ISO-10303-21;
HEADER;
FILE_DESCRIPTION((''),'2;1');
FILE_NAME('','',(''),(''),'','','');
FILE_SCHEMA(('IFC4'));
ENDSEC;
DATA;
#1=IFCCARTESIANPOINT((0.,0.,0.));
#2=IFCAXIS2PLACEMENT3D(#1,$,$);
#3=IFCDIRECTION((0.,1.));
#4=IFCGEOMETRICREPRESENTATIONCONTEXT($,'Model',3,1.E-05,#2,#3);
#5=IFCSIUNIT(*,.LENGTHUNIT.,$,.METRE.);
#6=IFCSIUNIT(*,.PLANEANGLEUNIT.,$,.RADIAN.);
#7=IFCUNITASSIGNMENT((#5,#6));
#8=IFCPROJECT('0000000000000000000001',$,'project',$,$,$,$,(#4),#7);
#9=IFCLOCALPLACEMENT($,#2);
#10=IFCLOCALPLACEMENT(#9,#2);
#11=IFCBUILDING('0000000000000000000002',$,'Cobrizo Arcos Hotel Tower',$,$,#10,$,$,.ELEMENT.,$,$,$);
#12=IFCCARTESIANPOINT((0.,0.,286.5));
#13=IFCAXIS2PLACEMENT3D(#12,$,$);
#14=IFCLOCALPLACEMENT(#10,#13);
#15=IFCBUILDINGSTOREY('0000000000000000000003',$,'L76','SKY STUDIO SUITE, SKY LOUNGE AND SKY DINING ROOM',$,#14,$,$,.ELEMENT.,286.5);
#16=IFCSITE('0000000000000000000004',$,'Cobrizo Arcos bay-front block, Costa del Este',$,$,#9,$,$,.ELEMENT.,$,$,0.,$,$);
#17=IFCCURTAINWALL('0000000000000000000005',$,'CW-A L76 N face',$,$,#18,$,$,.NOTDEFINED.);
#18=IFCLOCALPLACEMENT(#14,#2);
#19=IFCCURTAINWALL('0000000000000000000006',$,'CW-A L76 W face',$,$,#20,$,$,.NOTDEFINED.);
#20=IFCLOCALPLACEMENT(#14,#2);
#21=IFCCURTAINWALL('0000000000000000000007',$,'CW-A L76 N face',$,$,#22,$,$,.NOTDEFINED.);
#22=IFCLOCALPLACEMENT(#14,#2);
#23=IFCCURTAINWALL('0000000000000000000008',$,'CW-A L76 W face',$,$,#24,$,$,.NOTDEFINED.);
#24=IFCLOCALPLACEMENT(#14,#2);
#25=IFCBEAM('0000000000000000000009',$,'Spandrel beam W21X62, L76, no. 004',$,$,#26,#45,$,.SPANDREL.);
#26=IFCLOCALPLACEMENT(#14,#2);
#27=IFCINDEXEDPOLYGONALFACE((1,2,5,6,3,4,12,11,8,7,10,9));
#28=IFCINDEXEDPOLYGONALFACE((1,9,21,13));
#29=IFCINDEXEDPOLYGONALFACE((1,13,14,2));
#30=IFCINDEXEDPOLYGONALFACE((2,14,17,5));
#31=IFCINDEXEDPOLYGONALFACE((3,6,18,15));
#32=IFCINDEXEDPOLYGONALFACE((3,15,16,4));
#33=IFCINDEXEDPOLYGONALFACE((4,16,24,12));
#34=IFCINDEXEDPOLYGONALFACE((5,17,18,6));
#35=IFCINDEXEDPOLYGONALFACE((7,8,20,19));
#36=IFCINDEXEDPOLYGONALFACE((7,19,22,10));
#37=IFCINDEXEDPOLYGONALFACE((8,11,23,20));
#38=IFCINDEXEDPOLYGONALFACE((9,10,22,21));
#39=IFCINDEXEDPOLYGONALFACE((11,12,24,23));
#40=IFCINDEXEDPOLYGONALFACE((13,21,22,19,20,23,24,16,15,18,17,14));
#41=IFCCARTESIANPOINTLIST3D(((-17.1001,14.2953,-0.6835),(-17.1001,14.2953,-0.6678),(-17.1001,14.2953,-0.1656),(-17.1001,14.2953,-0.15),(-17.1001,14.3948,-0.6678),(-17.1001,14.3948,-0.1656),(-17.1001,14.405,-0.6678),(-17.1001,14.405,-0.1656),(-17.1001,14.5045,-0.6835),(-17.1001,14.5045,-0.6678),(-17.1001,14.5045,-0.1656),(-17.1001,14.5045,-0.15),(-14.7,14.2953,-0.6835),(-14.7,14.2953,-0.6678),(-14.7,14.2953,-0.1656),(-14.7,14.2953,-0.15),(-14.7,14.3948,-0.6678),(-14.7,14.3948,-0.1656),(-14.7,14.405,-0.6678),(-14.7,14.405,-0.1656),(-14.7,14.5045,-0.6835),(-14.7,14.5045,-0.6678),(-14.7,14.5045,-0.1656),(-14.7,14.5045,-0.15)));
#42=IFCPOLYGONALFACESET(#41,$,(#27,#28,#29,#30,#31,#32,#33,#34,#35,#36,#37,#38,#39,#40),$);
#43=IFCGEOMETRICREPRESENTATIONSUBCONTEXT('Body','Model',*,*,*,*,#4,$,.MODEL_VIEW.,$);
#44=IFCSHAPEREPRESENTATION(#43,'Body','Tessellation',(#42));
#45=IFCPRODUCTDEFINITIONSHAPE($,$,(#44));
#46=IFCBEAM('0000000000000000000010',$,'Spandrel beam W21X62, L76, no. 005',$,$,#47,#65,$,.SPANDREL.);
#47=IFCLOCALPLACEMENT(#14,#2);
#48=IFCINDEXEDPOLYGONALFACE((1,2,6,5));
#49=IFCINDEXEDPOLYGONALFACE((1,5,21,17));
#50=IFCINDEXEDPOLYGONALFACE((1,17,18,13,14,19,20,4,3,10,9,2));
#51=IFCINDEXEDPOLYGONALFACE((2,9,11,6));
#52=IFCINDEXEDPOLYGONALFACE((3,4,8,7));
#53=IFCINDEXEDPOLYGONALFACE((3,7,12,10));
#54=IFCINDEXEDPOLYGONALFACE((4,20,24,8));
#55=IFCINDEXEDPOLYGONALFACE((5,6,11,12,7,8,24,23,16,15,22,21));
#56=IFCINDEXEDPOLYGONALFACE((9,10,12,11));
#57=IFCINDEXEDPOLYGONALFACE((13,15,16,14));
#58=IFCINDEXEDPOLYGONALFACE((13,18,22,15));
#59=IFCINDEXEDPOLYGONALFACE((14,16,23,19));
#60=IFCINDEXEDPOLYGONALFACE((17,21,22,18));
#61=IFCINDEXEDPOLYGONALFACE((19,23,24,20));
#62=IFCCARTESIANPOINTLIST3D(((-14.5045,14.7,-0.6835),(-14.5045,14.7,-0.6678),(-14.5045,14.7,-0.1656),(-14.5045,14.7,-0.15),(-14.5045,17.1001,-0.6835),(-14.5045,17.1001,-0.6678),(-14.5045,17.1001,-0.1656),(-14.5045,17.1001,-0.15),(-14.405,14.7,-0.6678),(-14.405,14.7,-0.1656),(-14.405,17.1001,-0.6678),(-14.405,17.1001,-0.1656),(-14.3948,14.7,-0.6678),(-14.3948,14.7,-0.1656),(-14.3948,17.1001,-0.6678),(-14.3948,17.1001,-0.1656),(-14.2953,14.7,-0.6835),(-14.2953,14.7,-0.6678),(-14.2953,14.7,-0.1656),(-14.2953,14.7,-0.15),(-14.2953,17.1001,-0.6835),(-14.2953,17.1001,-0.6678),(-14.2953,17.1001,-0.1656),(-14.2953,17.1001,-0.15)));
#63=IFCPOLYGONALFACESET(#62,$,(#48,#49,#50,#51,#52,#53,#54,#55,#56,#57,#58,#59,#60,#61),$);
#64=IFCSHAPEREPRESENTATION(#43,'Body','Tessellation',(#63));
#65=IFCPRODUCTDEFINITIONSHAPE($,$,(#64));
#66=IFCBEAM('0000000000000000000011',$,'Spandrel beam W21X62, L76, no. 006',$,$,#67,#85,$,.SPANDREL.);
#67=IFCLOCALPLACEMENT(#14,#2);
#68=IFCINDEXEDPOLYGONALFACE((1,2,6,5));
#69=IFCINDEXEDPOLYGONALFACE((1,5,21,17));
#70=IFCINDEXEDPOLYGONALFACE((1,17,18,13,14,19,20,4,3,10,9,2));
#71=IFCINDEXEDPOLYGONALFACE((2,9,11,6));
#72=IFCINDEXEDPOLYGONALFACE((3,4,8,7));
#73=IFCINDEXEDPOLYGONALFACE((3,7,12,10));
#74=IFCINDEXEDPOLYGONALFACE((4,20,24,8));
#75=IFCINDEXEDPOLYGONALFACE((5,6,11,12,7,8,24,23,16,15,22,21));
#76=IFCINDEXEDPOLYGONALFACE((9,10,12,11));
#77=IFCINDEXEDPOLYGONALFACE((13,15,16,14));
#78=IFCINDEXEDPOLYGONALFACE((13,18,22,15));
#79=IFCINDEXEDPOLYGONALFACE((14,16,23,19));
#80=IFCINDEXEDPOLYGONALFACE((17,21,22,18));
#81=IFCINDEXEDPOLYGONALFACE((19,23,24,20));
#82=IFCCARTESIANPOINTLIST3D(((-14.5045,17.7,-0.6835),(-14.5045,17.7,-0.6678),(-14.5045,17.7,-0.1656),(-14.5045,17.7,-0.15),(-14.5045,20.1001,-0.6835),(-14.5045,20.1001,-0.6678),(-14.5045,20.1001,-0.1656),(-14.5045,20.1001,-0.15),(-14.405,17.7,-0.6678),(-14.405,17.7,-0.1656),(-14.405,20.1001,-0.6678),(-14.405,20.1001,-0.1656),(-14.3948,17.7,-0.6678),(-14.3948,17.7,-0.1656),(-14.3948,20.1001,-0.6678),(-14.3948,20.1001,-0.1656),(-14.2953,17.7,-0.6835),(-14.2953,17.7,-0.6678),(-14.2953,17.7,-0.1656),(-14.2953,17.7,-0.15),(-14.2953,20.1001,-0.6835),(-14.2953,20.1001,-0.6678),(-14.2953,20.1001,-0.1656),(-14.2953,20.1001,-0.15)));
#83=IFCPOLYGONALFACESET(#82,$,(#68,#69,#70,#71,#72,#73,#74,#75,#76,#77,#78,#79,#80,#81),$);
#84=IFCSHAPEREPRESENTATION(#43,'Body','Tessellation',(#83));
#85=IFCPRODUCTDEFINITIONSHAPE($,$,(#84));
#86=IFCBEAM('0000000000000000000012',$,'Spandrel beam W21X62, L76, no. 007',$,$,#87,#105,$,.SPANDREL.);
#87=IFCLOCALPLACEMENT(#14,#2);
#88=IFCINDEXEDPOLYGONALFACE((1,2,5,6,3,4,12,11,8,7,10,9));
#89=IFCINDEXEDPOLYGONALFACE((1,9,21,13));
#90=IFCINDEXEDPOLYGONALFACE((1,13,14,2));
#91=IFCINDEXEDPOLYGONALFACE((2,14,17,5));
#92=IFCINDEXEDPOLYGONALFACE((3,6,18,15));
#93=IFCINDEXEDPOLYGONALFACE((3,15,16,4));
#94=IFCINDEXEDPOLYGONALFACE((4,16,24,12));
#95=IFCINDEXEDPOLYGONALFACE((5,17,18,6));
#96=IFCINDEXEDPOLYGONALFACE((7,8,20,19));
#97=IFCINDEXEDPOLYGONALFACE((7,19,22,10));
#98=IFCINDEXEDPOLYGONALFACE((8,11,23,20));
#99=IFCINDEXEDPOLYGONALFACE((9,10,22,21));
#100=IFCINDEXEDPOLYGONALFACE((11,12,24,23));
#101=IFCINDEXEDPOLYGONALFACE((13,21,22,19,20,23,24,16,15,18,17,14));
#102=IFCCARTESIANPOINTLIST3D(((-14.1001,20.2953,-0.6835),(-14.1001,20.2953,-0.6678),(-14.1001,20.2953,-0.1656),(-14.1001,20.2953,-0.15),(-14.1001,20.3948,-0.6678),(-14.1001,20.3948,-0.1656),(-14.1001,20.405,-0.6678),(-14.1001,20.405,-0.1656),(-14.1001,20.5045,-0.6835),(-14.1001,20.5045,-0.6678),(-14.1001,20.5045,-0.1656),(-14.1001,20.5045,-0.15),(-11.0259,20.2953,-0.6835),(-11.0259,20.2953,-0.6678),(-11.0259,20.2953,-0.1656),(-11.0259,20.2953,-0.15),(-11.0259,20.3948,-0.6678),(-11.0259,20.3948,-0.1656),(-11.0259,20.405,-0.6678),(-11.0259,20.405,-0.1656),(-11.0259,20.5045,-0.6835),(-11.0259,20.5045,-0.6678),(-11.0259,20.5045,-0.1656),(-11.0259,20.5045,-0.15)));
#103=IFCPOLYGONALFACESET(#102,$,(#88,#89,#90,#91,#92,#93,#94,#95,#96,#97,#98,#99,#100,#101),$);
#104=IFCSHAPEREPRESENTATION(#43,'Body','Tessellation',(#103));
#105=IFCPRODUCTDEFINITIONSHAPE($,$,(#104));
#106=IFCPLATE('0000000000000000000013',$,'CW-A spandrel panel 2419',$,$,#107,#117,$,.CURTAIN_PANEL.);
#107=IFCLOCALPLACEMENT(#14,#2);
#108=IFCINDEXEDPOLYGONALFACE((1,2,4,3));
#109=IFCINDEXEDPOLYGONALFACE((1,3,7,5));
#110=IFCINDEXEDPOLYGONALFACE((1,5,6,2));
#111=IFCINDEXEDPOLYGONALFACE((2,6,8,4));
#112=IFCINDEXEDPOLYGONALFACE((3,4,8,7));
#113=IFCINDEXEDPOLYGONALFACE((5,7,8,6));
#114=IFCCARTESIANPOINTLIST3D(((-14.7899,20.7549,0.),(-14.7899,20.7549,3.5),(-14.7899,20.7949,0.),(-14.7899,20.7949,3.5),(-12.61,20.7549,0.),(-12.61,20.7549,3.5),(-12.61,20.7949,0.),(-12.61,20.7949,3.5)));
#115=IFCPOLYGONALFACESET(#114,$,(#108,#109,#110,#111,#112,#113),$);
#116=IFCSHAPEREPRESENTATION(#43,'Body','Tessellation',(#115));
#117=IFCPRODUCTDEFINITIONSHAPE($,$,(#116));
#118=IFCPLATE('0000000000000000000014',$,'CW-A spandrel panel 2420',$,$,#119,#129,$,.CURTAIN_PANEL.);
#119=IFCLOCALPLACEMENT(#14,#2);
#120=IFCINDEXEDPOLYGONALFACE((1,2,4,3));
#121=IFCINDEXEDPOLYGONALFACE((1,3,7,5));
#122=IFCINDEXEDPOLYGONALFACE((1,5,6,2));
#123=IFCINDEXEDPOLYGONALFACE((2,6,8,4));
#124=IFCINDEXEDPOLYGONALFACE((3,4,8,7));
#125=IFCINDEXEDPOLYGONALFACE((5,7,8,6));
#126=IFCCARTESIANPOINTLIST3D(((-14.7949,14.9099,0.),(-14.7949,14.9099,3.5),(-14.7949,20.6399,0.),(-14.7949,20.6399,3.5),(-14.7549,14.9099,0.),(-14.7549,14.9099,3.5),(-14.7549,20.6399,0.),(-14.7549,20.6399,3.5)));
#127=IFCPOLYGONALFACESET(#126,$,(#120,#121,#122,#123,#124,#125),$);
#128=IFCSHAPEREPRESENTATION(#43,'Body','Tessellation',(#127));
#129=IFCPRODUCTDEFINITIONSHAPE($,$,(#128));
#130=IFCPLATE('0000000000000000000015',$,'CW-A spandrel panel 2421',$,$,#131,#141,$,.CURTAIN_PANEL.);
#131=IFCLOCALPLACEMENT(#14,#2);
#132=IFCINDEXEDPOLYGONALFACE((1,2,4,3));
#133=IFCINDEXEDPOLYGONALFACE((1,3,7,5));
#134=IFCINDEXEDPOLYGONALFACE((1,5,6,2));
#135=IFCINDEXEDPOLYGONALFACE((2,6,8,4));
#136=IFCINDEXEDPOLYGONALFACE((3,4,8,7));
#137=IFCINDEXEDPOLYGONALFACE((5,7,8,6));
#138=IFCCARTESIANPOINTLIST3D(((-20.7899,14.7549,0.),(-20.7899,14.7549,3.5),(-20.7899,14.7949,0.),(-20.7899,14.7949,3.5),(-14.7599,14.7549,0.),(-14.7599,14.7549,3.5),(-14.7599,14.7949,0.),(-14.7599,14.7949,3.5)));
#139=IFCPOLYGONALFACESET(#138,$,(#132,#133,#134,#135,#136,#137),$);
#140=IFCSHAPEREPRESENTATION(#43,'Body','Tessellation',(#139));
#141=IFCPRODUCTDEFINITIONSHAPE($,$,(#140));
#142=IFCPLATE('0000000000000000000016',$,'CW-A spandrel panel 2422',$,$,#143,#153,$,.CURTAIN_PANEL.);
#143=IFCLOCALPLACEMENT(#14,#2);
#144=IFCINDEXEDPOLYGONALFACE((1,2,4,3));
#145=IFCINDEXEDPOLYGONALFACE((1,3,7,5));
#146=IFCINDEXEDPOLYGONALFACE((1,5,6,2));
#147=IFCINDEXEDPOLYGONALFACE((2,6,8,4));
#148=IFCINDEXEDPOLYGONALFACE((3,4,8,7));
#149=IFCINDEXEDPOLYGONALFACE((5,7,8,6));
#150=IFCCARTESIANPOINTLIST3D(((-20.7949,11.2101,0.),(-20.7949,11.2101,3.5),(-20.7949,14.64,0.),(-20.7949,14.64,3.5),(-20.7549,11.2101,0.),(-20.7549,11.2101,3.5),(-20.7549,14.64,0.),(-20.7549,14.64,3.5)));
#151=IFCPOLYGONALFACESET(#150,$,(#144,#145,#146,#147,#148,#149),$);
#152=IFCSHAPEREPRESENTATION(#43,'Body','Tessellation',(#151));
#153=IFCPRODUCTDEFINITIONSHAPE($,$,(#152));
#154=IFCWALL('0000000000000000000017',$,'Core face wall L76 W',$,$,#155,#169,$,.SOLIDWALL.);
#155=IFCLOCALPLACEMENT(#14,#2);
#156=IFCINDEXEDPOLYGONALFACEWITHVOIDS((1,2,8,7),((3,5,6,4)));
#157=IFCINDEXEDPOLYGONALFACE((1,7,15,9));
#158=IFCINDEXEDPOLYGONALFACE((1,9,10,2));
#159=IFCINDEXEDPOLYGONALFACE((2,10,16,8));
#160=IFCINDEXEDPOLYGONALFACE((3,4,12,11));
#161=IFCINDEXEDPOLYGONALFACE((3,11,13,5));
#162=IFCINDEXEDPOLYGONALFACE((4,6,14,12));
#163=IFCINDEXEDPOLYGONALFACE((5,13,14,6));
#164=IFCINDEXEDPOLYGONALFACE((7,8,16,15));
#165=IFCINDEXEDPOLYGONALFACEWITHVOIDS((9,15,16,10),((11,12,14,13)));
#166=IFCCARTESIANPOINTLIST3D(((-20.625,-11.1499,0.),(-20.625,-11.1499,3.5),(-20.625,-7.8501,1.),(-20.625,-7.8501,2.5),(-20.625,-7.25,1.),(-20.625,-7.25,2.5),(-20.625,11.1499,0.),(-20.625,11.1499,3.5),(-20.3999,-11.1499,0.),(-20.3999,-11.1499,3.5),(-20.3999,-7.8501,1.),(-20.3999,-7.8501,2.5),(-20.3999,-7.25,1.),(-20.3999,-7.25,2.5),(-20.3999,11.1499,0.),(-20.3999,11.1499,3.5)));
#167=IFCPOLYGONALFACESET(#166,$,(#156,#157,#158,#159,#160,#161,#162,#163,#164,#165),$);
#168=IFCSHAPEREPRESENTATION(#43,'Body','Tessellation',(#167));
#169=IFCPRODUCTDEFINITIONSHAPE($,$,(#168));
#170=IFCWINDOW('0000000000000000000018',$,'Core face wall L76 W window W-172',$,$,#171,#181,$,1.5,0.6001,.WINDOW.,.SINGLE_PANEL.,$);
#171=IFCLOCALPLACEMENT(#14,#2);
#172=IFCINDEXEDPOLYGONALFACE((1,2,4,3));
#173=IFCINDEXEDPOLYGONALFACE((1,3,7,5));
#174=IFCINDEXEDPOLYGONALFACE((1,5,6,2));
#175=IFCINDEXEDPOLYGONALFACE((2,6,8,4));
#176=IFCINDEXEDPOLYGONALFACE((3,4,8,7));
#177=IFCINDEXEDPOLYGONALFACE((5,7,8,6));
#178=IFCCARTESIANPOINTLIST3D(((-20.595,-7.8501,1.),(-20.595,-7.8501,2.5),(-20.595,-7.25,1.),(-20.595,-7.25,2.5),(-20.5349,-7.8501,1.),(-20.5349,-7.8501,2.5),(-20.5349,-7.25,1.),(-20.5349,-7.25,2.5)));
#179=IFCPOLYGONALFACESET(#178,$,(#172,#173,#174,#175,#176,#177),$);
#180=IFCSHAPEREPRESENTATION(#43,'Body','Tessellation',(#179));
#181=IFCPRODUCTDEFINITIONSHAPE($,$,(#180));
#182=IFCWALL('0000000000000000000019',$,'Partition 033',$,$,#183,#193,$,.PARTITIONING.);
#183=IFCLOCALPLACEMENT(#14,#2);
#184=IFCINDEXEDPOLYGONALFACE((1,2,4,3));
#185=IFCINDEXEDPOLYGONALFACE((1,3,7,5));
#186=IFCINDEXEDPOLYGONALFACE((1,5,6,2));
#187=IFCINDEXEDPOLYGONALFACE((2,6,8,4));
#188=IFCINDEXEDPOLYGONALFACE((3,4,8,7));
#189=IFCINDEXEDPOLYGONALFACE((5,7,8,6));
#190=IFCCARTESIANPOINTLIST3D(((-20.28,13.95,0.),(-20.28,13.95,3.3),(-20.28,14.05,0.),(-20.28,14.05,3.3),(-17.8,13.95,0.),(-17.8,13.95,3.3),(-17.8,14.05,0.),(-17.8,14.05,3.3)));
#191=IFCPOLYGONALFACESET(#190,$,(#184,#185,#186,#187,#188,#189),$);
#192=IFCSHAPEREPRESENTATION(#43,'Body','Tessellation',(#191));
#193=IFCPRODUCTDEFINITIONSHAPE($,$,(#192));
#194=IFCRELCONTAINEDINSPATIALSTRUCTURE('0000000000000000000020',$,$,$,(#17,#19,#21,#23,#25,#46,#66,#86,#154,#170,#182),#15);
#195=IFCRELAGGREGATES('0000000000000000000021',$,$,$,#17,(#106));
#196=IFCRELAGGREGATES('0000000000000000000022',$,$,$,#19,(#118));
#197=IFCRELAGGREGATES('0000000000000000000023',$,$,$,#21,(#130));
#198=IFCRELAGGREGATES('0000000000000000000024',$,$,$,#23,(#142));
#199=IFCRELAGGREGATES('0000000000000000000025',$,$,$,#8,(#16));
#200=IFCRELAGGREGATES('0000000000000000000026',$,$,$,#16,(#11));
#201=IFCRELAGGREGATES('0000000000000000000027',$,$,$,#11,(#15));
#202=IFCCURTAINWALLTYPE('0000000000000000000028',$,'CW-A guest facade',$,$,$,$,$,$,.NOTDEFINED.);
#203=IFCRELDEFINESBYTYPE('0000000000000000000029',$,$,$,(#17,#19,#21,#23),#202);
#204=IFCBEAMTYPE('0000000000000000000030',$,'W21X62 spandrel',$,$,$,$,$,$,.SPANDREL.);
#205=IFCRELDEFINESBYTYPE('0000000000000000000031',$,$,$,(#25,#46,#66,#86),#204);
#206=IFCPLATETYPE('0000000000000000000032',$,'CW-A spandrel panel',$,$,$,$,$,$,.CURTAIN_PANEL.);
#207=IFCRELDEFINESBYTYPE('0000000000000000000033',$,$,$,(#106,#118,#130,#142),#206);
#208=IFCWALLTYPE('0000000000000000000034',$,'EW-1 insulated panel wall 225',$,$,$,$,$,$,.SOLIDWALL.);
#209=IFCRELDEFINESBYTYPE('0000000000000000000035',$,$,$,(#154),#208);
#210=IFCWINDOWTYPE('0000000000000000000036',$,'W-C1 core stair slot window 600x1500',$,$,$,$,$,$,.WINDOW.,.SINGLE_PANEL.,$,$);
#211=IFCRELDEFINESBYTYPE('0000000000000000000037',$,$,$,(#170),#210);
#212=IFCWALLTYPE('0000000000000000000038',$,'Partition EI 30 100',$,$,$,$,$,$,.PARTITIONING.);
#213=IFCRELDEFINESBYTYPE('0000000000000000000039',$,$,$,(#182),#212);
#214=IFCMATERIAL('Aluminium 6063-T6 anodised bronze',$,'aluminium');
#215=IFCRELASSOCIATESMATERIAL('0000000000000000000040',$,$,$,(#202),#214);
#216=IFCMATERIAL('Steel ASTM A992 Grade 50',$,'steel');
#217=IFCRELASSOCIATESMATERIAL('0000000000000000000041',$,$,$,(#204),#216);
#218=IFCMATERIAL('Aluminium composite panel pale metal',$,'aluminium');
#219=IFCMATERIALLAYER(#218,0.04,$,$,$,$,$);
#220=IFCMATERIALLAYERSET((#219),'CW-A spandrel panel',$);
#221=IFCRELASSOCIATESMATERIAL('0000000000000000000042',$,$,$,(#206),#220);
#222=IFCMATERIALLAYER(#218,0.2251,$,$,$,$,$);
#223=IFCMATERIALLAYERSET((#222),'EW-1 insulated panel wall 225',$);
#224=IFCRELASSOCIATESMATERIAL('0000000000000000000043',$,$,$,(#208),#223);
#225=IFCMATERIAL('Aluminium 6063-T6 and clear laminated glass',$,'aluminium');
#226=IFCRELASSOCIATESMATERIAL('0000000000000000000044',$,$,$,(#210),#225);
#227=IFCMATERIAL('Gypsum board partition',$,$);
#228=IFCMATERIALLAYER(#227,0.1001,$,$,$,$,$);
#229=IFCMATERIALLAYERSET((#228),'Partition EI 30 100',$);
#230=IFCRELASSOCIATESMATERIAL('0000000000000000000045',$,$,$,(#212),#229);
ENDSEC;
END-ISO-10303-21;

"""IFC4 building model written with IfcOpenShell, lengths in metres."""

from ifc_helpers import new_model, si_unit, direction, frame, frame_2d, origin, origin_2d, place, context, subcontext, project, spatial, rectangle, i_section, extrude, material, layer, layer_set, material_profile, profile_set, type_object, element, fill, aggregate, save


model = new_model("IFC4")

# Units and contexts
model_context = context("Model", 3, precision=1e-05, world=origin(), true_north=direction((0.0, 1.0)))
body_context = subcontext(model_context, "Body", "Model", "MODEL_VIEW")
ifc_project = project(units=[si_unit("LENGTHUNIT", "METRE"), si_unit("PLANEANGLEUNIT", "RADIAN")], contexts=[model_context])

# Site, building, storey
site_placement = place(None, origin())
site = spatial("IfcSite", under=ifc_project, at=site_placement, Name="Cobrizo Arcos bay-front block, Costa del Este", CompositionType="ELEMENT", RefElevation=0.0)
building_placement = place(site_placement, origin())
building = spatial("IfcBuilding", under=site, at=building_placement, Name="Cobrizo Arcos Hotel Tower", CompositionType="ELEMENT")
storey_placement = place(building_placement, frame((0.0, 0.0, 286.5)))
storey = spatial("IfcBuildingStorey", under=building, at=storey_placement, Name="L76", Description="SKY STUDIO SUITE, SKY LOUNGE AND SKY DINING ROOM", CompositionType="ELEMENT", Elevation=286.5)

# Curtain wall
ifc_material_1 = material(Name="Aluminium 6063-T6 anodised bronze", Category="aluminium")
curtain_wall_type = type_object("IfcCurtainWallType", Name="CW-A guest facade", PredefinedType="NOTDEFINED", material=ifc_material_1)
curtain_wall_1_placement = place(storey_placement, origin())
curtain_wall_1 = element("IfcCurtainWall", 1, at=curtain_wall_1_placement, inside=storey, type_object=curtain_wall_type, Name="CW-A L76 N face", PredefinedType="NOTDEFINED")

# Curtain walls
curtain_wall_2_placement = place(storey_placement, origin())
curtain_wall_2 = element("IfcCurtainWall", 2, at=curtain_wall_2_placement, inside=storey, type_object=curtain_wall_type, Name="CW-A L76 W face", PredefinedType="NOTDEFINED")
curtain_wall_3_placement = place(storey_placement, origin())
curtain_wall_3 = element("IfcCurtainWall", 3, at=curtain_wall_3_placement, inside=storey, type_object=curtain_wall_type, Name="CW-A L76 N face", PredefinedType="NOTDEFINED")
curtain_wall_4_placement = place(storey_placement, origin())
curtain_wall_4 = element("IfcCurtainWall", 4, at=curtain_wall_4_placement, inside=storey, type_object=curtain_wall_type, Name="CW-A L76 W face", PredefinedType="NOTDEFINED")

# Beams
ifc_material_2 = material(Name="Steel ASTM A992 Grade 50", Category="steel")
ifc_material_profile_1 = material_profile(ifc_material_2, i_section(OverallWidth=0.2092, OverallDepth=0.5334, WebThickness=0.0103, FlangeThickness=0.0156, at=origin_2d()), Name="W21X62")
ifc_profile_set_1 = profile_set([ifc_material_profile_1], Name="Steel ASTM A992 Grade 50")
beam_type = type_object("IfcBeamType", Name="W21X62 spandrel", PredefinedType="SPANDREL", material=ifc_profile_set_1)
for number, where, z_axis, x_axis, name in (
    (5, (-17.1001, 14.3999, -0.4167), (1.0, 0.0, 0.0), (0.0, 1.0, 0.0), "Spandrel beam W21X62, L76, no. 004"),
    (6, (-14.3999, 14.7, -0.4167), (0.0, 1.0, 0.0), (-1.0, 0.0, 0.0), "Spandrel beam W21X62, L76, no. 005"),
    (7, (-14.3999, 17.7, -0.4167), (0.0, 1.0, 0.0), (-1.0, 0.0, 0.0), "Spandrel beam W21X62, L76, no. 006"),
):
    element("IfcBeam", number, at=place(storey_placement, frame(where, z_axis=z_axis, x_axis=x_axis)), inside=storey, type_object=beam_type, Name=name, PredefinedType="SPANDREL", context=body_context, shape_type="SweptSolid", body=[
        extrude(i_section(OverallWidth=0.2092, OverallDepth=0.5334, WebThickness=0.0103, FlangeThickness=0.0156, at=origin_2d()), origin(), (0.0, 0.0, 1.0), 2.4001),
    ])
beam_placement = place(storey_placement, frame((-14.1001, 20.3999, -0.4167), z_axis=(1.0, 0.0, 0.0), x_axis=(0.0, 1.0, 0.0)))
element("IfcBeam", 8, at=beam_placement, inside=storey, type_object=beam_type, Name="Spandrel beam W21X62, L76, no. 007", PredefinedType="SPANDREL", context=body_context, shape_type="SweptSolid", body=[
    extrude(i_section(OverallWidth=0.2092, OverallDepth=0.5334, WebThickness=0.0103, FlangeThickness=0.0156, at=origin_2d()), origin(), (0.0, 0.0, 1.0), 3.0742),
])

# Plates
ifc_material_3 = material(Name="Aluminium composite panel pale metal", Category="aluminium")
ifc_layer_1 = layer(ifc_material_3, 0.04)
ifc_layer_set_1 = layer_set([ifc_layer_1], Name="CW-A spandrel panel")
plate_type = type_object("IfcPlateType", Name="CW-A spandrel panel", PredefinedType="CURTAIN_PANEL", material=ifc_layer_set_1)
plate_1_placement = place(storey_placement, frame((-13.7, 20.7749, 0.0), z_axis=(0.0, 0.0, 1.0), x_axis=(-1.0, 0.0, 0.0)))
plate_1 = element("IfcPlate", 9, at=plate_1_placement, type_object=plate_type, Name="CW-A spandrel panel 2419", PredefinedType="CURTAIN_PANEL", context=body_context, shape_type="SweptSolid", body=[
    extrude(rectangle(XDim=2.1799, YDim=0.04, at=origin_2d()), origin(), (0.0, 0.0, 1.0), 3.5),
])
aggregate(curtain_wall_1, [plate_1])
plate_2_placement = place(storey_placement, frame((-14.7749, 17.7749, 0.0), z_axis=(0.0, 0.0, 1.0), x_axis=(0.0, -1.0, 0.0)))
plate_2 = element("IfcPlate", 10, at=plate_2_placement, type_object=plate_type, Name="CW-A spandrel panel 2420", PredefinedType="CURTAIN_PANEL", context=body_context, shape_type="SweptSolid", body=[
    extrude(rectangle(XDim=5.73, YDim=0.04, at=origin_2d()), origin(), (0.0, 0.0, 1.0), 3.5),
])
aggregate(curtain_wall_2, [plate_2])
plate_3_placement = place(storey_placement, frame((-17.7749, 14.7749, 0.0), z_axis=(0.0, 0.0, 1.0), x_axis=(-1.0, 0.0, 0.0)))
plate_3 = element("IfcPlate", 11, at=plate_3_placement, type_object=plate_type, Name="CW-A spandrel panel 2421", PredefinedType="CURTAIN_PANEL", context=body_context, shape_type="SweptSolid", body=[
    extrude(rectangle(XDim=6.03, YDim=0.04, at=origin_2d()), origin(), (0.0, 0.0, 1.0), 3.5),
])
aggregate(curtain_wall_3, [plate_3])
plate_4_placement = place(storey_placement, frame((-20.7749, 12.925, 0.0), z_axis=(0.0, 0.0, 1.0), x_axis=(0.0, -1.0, 0.0)))
plate_4 = element("IfcPlate", 12, at=plate_4_placement, type_object=plate_type, Name="CW-A spandrel panel 2422", PredefinedType="CURTAIN_PANEL", context=body_context, shape_type="SweptSolid", body=[
    extrude(rectangle(XDim=3.4299, YDim=0.04, at=origin_2d()), origin(), (0.0, 0.0, 1.0), 3.5),
])
aggregate(curtain_wall_4, [plate_4])

# Wall, opening, window
ifc_layer_2 = layer(ifc_material_3, 0.2251)
ifc_layer_set_2 = layer_set([ifc_layer_2], Name="EW-1 insulated panel wall 225")
wall_type_1 = type_object("IfcWallType", Name="EW-1 insulated panel wall 225", PredefinedType="SOLIDWALL", material=ifc_layer_set_2)
wall_1_placement = place(storey_placement, frame((-20.5125, 11.1499, 0.0), z_axis=(0.0, 0.0, 1.0), x_axis=(0.0, -1.0, 0.0)))
wall_1 = element("IfcWall", 13, at=wall_1_placement, inside=storey, type_object=wall_type_1, Name="Core face wall L76 W", PredefinedType="SOLIDWALL", context=body_context, shape_type="SweptSolid", body=[
    extrude(rectangle(XDim=22.2998, YDim=0.2251, at=frame_2d((11.1499, 0.0))), origin(), (0.0, 0.0, 1.0), 3.5),
])
opening_placement = place(wall_1_placement, frame((18.3999, 0.0, 1.0)))
opening = element("IfcOpeningElement", 14, at=opening_placement, cuts=wall_1, PredefinedType="OPENING", context=body_context, shape_type="SweptSolid", body=[
    extrude(rectangle(XDim=0.6001, YDim=1.5, at=frame_2d((0.3, 0.75))), frame((0.0, 0.1245, 0.0), z_axis=(0.0, -1.0, 0.0), x_axis=(1.0, 0.0, 0.0)), (0.0, 0.0, 1.0), 0.249),
])
ifc_material_4 = material(Name="Aluminium 6063-T6 and clear laminated glass", Category="aluminium")
window_type = type_object("IfcWindowType", Name="W-C1 core stair slot window 600x1500", PartitioningType="SINGLE_PANEL", PredefinedType="WINDOW", material=ifc_material_4)
window_placement = place(opening_placement, origin())
window = element("IfcWindow", 15, at=window_placement, inside=storey, type_object=window_type, Name="Core face wall L76 W window W-172", OverallHeight=1.5, OverallWidth=0.6001, PartitioningType="SINGLE_PANEL", PredefinedType="WINDOW", context=body_context, shape_type="SweptSolid", body=[
    extrude(rectangle(XDim=0.6001, YDim=1.5, at=frame_2d((0.3, 0.75))), frame((0.0, -0.0225, 0.0), z_axis=(0.0, -1.0, 0.0), x_axis=(1.0, 0.0, 0.0)), (0.0, 0.0, 1.0), 0.0601),
])
fill(opening, window)

# Wall
ifc_material_5 = material(Name="Gypsum board partition")
ifc_layer_3 = layer(ifc_material_5, 0.1001)
ifc_layer_set_3 = layer_set([ifc_layer_3], Name="Partition EI 30 100")
wall_type_2 = type_object("IfcWallType", Name="Partition EI 30 100", PredefinedType="PARTITIONING", material=ifc_layer_set_3)
wall_2_placement = place(storey_placement, frame((-20.28, 14.0, 0.0), z_axis=(0.0, 0.0, 1.0), x_axis=(1.0, 0.0, 0.0)))
element("IfcWall", 16, at=wall_2_placement, inside=storey, type_object=wall_type_2, Name="Partition 033", PredefinedType="PARTITIONING", context=body_context, shape_type="SweptSolid", body=[
    extrude(rectangle(XDim=2.48, YDim=0.1001, at=frame_2d((1.24, 0.0))), origin(), (0.0, 0.0, 1.0), 3.3),
])

save(model, "model.ifc")
